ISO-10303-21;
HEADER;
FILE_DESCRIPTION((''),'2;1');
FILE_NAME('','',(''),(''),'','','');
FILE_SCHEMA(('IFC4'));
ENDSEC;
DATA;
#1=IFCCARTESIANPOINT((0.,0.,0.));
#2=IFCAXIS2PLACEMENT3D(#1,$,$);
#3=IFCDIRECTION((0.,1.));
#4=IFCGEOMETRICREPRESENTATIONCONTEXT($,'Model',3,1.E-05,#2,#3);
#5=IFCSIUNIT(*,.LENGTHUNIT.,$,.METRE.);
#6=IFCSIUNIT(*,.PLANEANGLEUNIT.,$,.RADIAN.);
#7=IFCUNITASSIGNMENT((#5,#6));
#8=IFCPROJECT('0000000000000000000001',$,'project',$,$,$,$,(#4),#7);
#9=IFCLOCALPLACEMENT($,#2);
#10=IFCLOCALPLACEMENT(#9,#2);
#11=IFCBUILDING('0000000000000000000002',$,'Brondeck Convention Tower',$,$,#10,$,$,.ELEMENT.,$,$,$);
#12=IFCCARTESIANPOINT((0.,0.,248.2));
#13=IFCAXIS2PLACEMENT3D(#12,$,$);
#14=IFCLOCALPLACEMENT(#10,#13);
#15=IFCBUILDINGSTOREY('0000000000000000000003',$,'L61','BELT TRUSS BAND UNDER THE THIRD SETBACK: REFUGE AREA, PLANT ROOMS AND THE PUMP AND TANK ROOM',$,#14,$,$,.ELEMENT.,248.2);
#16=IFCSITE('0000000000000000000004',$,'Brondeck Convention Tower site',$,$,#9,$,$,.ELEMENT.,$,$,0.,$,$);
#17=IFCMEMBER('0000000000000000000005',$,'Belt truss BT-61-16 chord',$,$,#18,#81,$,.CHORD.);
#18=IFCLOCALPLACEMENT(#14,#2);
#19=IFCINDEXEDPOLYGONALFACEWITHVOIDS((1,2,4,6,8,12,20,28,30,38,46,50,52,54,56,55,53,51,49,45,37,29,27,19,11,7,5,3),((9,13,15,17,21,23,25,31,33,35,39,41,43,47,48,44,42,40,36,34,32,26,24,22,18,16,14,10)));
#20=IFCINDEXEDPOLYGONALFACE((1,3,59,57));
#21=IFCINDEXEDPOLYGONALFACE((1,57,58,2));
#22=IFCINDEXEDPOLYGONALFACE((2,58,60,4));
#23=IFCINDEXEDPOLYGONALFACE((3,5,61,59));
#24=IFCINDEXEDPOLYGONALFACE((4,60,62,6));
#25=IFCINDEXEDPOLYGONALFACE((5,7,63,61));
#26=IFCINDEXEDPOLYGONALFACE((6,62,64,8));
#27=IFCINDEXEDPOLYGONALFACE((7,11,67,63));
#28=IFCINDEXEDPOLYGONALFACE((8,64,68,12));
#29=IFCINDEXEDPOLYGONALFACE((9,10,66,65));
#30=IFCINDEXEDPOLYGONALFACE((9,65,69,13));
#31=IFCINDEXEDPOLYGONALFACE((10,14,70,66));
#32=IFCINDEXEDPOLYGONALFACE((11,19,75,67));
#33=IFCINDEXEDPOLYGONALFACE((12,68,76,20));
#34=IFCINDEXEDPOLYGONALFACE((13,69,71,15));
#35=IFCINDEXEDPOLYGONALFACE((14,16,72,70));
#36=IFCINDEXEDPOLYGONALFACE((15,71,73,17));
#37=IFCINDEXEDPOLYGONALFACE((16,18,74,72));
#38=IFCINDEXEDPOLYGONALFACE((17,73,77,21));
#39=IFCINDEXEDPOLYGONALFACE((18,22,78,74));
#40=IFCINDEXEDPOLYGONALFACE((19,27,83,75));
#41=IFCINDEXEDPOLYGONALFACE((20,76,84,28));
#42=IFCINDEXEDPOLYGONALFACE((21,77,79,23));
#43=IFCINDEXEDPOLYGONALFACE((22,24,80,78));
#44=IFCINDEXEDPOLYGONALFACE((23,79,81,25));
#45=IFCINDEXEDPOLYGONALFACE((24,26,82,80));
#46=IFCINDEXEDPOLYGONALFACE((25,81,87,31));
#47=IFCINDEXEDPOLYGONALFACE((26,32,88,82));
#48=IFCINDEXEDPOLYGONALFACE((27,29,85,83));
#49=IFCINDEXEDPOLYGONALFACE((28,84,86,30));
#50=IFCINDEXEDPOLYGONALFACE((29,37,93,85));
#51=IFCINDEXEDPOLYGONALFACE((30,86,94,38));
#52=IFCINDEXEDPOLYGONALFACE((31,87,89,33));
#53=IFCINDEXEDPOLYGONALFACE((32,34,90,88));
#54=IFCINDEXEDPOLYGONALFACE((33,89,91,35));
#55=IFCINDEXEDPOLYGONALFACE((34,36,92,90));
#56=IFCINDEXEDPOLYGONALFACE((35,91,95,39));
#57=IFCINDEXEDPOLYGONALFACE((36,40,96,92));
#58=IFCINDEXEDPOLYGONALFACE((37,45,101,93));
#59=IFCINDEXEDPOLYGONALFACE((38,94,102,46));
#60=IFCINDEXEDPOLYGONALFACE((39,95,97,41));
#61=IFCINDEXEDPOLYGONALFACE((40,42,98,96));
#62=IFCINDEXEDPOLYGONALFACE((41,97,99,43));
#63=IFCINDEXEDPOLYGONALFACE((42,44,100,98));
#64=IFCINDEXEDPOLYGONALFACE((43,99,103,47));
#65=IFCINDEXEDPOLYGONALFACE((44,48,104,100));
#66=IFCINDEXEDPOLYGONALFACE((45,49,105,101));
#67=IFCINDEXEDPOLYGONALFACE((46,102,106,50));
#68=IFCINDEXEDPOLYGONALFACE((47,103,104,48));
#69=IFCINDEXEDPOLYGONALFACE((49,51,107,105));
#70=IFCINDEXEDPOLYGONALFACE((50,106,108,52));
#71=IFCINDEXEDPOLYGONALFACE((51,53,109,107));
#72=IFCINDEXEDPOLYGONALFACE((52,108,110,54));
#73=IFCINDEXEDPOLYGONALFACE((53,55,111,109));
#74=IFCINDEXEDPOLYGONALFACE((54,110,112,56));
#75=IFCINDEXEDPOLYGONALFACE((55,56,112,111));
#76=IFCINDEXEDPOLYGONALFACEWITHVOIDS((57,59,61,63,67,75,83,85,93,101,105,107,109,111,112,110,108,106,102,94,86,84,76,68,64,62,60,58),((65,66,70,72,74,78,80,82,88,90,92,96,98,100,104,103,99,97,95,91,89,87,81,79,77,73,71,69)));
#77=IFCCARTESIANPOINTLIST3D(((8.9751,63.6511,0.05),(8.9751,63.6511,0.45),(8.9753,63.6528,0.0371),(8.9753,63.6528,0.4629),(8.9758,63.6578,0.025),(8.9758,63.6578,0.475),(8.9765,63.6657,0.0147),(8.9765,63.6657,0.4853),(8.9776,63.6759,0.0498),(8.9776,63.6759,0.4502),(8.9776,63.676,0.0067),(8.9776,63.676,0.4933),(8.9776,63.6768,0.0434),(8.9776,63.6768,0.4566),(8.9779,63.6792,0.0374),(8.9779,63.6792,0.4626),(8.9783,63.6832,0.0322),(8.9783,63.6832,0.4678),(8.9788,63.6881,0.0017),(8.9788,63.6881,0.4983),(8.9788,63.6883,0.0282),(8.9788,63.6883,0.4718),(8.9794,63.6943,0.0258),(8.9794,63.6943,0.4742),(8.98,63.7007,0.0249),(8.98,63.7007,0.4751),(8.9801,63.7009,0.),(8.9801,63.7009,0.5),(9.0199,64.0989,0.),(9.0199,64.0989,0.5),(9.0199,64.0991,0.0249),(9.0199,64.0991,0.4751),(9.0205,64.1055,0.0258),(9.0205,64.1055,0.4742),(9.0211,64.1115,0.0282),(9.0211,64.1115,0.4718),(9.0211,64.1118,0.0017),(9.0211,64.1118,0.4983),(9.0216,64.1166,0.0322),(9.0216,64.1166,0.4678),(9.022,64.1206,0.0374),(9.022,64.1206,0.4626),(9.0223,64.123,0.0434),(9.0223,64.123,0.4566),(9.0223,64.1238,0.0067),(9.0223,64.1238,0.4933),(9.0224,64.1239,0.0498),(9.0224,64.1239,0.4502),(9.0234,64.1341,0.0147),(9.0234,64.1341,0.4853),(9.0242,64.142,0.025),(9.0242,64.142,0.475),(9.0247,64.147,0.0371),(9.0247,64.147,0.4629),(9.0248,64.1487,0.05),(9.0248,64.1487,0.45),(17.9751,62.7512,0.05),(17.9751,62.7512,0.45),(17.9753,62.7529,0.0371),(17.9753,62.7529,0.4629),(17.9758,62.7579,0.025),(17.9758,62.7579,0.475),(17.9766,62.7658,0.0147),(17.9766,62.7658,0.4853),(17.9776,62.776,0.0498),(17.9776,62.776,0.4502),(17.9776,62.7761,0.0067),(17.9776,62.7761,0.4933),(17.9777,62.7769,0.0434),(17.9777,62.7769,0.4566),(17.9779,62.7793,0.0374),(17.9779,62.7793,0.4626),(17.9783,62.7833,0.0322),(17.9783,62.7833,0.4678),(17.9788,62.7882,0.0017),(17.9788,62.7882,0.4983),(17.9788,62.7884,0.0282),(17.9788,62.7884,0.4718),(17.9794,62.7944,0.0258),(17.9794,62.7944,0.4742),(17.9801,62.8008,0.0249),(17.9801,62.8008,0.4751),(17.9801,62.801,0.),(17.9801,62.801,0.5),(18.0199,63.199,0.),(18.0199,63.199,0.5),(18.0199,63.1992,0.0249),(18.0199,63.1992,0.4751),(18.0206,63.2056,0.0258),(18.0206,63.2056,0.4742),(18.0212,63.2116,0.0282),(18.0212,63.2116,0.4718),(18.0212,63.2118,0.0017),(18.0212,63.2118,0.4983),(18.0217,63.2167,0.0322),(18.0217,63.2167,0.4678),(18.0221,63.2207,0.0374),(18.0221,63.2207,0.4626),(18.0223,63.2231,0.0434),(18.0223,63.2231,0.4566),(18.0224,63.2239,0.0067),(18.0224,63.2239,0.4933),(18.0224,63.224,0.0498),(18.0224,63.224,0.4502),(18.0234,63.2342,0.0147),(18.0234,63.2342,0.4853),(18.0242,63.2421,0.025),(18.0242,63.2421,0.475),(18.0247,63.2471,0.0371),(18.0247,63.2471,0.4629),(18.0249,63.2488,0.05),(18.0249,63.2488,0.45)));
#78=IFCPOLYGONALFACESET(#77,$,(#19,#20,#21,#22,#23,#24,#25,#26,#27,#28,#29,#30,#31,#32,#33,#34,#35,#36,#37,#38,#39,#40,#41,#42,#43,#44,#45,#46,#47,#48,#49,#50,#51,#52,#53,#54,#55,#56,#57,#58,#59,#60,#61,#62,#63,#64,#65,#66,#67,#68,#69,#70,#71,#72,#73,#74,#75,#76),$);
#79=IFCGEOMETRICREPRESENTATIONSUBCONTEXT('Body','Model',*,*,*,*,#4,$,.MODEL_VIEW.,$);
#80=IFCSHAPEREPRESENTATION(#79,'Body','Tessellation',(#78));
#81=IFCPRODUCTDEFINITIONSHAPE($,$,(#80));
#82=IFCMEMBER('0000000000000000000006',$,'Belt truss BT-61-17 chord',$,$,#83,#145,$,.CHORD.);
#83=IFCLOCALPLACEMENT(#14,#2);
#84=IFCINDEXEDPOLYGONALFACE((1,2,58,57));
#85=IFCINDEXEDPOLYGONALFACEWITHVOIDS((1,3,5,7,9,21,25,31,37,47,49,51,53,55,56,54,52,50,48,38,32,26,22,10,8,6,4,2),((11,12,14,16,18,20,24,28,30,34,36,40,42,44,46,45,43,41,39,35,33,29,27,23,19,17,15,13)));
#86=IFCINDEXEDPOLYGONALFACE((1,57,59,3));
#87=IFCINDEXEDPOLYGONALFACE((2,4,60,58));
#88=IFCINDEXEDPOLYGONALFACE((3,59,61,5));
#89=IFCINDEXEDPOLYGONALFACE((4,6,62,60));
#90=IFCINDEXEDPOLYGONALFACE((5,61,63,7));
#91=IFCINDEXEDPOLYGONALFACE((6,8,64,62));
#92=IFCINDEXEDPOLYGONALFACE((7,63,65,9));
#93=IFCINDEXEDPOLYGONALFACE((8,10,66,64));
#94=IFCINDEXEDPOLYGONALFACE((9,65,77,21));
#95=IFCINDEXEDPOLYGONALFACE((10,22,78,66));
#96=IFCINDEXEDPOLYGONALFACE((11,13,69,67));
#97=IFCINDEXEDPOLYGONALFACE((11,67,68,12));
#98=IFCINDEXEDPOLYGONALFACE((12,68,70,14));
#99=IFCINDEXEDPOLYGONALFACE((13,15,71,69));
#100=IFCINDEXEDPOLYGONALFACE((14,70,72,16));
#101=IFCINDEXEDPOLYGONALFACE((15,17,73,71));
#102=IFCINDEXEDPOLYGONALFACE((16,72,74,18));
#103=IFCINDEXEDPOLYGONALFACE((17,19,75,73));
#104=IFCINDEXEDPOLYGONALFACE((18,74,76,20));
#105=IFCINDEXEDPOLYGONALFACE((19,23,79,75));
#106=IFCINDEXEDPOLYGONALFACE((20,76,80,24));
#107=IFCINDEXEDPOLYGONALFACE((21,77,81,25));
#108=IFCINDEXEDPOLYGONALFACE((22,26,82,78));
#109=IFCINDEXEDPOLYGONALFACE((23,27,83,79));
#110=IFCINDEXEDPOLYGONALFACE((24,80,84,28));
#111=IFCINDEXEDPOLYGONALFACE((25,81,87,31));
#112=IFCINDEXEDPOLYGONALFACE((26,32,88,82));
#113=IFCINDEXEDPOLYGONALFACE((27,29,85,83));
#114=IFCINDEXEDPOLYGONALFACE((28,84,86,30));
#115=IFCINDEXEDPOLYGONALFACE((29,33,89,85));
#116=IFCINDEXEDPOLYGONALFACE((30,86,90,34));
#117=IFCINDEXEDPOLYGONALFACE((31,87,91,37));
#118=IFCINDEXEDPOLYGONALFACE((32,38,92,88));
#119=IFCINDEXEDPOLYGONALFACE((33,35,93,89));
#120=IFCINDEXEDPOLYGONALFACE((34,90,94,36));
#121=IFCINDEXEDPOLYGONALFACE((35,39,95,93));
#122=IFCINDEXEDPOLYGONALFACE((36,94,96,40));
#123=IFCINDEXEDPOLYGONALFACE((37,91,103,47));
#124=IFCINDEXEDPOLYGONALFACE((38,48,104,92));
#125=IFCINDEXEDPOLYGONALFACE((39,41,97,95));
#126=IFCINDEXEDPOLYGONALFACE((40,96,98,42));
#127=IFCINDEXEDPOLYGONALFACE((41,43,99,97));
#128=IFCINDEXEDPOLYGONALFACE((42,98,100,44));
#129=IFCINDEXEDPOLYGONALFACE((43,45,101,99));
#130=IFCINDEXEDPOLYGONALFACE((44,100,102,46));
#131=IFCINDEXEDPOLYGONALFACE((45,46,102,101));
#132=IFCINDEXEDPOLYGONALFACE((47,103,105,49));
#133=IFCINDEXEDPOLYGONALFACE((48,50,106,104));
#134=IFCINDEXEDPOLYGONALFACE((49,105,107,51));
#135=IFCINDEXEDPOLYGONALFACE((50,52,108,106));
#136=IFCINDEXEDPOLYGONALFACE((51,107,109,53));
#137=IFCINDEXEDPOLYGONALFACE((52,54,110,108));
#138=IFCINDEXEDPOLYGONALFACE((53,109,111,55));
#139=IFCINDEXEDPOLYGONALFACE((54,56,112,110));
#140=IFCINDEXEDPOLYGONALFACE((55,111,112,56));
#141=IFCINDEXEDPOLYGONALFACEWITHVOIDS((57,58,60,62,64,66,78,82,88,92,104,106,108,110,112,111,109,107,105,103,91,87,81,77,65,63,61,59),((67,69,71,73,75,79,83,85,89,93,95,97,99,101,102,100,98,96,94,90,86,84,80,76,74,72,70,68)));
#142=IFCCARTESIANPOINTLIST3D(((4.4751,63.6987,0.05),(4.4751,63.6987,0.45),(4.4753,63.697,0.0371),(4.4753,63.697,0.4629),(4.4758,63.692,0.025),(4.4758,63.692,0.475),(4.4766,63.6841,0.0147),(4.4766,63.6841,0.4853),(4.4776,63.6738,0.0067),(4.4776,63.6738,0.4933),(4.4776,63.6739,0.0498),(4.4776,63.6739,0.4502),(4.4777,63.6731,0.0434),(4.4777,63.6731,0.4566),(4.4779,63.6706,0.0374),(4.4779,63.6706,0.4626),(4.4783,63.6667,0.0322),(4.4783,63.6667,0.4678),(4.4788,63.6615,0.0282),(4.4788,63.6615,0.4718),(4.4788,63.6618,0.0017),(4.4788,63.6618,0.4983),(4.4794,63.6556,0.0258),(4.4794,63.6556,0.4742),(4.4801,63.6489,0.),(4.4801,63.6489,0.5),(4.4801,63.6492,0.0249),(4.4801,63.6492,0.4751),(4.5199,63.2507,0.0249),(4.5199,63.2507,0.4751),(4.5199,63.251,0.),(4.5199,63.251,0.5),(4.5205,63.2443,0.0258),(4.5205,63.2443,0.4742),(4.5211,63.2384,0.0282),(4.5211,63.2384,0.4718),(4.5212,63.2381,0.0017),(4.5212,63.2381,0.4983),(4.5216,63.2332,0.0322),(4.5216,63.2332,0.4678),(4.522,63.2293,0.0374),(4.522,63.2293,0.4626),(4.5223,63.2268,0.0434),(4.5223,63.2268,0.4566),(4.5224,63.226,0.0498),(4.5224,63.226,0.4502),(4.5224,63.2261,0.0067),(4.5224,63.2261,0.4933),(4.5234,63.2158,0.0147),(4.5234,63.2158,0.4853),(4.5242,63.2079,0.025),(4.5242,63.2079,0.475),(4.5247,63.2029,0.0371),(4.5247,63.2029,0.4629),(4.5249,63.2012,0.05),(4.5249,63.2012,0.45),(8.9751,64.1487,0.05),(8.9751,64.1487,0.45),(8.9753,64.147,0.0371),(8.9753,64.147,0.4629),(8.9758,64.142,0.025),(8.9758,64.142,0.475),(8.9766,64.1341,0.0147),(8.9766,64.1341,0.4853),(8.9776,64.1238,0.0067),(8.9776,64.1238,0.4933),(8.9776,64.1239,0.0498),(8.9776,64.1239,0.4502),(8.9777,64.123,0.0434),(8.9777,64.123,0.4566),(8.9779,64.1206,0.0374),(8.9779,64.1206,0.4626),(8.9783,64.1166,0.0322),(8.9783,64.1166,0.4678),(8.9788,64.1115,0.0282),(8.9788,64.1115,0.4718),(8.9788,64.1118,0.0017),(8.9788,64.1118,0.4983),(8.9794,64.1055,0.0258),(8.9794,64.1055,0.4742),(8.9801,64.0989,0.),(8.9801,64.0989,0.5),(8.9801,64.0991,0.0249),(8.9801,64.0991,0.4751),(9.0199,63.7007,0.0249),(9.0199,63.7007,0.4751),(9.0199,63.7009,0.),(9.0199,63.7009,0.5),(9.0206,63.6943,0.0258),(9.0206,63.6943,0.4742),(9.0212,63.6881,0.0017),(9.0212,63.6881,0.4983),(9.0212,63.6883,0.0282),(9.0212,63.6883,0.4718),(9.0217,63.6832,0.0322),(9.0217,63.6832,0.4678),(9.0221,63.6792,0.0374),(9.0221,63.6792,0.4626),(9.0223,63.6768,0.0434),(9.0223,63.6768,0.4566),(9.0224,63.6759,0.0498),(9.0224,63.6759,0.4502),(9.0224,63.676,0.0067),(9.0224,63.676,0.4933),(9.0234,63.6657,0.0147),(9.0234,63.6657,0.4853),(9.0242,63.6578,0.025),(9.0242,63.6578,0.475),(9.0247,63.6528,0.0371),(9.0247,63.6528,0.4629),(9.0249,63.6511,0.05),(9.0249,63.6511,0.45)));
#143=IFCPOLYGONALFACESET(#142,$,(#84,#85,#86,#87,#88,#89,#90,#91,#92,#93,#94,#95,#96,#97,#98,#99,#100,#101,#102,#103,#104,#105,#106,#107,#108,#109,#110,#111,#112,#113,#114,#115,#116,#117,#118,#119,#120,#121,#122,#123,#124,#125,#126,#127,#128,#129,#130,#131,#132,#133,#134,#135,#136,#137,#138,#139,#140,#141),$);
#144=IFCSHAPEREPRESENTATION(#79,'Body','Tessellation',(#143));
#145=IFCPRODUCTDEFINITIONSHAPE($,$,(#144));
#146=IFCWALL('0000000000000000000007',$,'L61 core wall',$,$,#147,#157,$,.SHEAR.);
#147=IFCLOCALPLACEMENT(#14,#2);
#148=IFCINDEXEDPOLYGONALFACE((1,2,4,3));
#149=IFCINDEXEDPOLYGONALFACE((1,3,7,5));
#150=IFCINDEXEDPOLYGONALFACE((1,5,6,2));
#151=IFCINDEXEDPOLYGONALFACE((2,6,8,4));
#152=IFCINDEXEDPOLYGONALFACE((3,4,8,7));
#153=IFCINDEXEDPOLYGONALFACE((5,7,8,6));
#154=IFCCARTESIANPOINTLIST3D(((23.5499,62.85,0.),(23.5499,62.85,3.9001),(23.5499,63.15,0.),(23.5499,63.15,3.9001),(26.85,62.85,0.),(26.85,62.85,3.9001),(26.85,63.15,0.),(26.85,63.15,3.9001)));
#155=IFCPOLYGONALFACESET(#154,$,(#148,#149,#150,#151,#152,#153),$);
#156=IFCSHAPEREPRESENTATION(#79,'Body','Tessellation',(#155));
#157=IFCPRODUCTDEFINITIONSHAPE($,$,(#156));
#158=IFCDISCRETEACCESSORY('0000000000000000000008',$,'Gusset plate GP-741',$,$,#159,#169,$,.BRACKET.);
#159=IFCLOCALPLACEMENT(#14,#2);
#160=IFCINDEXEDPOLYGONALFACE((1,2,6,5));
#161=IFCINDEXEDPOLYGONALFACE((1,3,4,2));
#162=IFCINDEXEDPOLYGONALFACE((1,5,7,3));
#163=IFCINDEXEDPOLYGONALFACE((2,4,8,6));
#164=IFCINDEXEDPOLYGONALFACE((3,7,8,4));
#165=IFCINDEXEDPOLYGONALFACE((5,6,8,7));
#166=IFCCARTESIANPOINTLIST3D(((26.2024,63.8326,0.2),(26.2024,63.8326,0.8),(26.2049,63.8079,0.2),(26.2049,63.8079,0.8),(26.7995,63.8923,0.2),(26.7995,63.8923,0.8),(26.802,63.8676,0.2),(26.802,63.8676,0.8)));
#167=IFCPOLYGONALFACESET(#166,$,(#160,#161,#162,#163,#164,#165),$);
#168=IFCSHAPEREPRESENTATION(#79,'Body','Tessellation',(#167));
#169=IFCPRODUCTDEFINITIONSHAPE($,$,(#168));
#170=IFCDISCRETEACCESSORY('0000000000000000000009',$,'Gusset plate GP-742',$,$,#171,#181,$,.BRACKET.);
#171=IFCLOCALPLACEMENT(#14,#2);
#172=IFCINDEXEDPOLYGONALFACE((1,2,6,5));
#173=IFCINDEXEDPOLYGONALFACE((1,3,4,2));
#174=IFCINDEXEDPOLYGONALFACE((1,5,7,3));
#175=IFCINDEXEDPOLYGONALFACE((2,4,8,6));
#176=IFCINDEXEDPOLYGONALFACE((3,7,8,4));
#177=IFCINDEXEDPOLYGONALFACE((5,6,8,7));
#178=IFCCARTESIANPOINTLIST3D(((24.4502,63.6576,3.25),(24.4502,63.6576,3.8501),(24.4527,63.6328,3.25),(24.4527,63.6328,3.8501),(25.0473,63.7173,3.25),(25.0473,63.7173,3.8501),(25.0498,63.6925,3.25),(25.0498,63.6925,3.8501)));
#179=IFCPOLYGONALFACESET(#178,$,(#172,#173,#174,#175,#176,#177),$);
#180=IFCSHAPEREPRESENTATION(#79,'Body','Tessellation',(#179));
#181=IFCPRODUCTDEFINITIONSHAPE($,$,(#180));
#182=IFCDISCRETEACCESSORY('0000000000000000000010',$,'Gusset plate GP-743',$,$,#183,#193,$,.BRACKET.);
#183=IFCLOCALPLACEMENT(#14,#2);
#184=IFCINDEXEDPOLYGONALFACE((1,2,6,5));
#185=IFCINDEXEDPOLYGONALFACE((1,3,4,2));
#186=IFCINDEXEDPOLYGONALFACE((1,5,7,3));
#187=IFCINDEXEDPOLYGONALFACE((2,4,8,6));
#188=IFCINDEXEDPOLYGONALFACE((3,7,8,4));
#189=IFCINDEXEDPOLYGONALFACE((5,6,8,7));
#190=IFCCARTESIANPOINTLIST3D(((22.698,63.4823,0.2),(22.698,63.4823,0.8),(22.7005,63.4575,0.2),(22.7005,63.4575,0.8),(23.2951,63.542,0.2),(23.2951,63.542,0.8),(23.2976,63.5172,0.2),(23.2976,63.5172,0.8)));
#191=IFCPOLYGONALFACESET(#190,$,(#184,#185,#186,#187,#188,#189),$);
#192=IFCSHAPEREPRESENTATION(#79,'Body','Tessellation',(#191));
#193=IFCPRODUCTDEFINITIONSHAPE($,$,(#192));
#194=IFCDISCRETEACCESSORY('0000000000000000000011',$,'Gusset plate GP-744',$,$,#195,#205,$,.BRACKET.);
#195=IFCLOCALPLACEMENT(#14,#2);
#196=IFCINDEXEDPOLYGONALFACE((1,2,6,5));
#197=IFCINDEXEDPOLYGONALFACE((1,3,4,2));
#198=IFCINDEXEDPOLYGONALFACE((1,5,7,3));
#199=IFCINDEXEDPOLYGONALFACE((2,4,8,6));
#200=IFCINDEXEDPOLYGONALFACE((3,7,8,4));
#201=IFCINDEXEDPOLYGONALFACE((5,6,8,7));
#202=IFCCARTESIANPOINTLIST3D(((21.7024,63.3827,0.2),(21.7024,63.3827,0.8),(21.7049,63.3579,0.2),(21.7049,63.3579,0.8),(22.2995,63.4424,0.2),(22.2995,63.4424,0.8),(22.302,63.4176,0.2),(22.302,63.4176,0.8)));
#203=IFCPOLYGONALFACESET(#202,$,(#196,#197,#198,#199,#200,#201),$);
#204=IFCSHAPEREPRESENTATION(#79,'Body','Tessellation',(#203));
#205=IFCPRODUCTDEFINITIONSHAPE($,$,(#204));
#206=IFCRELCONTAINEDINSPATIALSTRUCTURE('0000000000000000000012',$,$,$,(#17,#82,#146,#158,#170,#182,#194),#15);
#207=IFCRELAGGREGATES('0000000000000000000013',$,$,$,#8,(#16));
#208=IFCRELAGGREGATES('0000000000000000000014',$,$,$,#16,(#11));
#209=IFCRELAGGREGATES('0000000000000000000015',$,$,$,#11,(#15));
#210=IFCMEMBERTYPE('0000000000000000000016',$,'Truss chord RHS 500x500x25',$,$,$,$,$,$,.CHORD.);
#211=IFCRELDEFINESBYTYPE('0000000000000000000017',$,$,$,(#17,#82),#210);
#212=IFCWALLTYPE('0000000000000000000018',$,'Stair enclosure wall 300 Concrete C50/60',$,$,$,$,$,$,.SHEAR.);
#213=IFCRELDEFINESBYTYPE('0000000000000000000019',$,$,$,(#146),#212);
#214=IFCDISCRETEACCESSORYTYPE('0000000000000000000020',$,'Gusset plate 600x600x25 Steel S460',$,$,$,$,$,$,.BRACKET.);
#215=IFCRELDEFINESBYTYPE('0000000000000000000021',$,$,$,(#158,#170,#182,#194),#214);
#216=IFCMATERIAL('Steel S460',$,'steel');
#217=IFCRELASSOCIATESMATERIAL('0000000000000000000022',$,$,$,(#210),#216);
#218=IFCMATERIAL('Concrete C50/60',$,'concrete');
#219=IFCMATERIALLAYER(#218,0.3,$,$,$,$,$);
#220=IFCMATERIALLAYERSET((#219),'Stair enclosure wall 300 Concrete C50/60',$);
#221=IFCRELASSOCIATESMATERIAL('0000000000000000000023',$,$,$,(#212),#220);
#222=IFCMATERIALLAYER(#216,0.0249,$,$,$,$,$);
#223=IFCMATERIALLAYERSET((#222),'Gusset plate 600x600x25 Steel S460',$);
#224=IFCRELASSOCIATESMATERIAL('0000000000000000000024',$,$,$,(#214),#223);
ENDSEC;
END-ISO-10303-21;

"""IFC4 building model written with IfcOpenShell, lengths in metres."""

from ifc_helpers import new_model, si_unit, direction, frame, frame_2d, origin, origin_2d, place, context, subcontext, project, spatial, rectangle, hollow_rectangle, extrude, material, layer, layer_set, material_profile, profile_set, type_object, element, save


model = new_model("IFC4")

# Units and contexts
model_context = context("Model", 3, precision=1e-05, world=origin(), true_north=direction((0.0, 1.0)))
body_context = subcontext(model_context, "Body", "Model", "MODEL_VIEW")
ifc_project = project(units=[si_unit("LENGTHUNIT", "METRE"), si_unit("PLANEANGLEUNIT", "RADIAN")], contexts=[model_context])

# Site, building, storey
site_placement = place(None, origin())
site = spatial("IfcSite", under=ifc_project, at=site_placement, Name="Brondeck Convention Tower site", CompositionType="ELEMENT", RefElevation=0.0)
building_placement = place(site_placement, origin())
building = spatial("IfcBuilding", under=site, at=building_placement, Name="Brondeck Convention Tower", CompositionType="ELEMENT")
storey_placement = place(building_placement, frame((0.0, 0.0, 248.2)))
storey = spatial("IfcBuildingStorey", under=building, at=storey_placement, Name="L61", Description="BELT TRUSS BAND UNDER THE THIRD SETBACK: REFUGE AREA, PLANT ROOMS AND THE PUMP AND TANK ROOM", CompositionType="ELEMENT", Elevation=248.2)

# Shared definitions
ifc_material_1 = material(Name="Concrete C50/60", Category="concrete")

# Shared definitions
ifc_material_2 = material(Name="Steel S460", Category="steel")

# Members
ifc_material_profile_1 = material_profile(ifc_material_2, hollow_rectangle(XDim=0.5, YDim=0.5, WallThickness=0.0249, InnerFilletRadius=0.0249, OuterFilletRadius=0.05, at=origin_2d()), Name="RHS 500x500x25")
ifc_profile_set_1 = profile_set([ifc_material_profile_1], Name="Steel S460")
member_type_1 = type_object("IfcMemberType", Name="Truss chord RHS 500x500x25", PredefinedType="CHORD", material=ifc_profile_set_1)
for number, where, z_axis, x_axis, name in (
    (1, (18.0, 63.0, 0.25), (-0.995038, 0.099493, 0.0), (-0.099493, -0.995038, 0.0), "Belt truss BT-61-16 chord"),
):
    element("IfcMember", number, at=place(storey_placement, frame(where, z_axis=z_axis, x_axis=x_axis)), inside=storey, type_object=member_type_1, Name=name, PredefinedType="CHORD", context=body_context, shape_type="SweptSolid", body=[
        extrude(hollow_rectangle(XDim=0.5, YDim=0.5, WallThickness=0.0249, InnerFilletRadius=0.0249, OuterFilletRadius=0.05, at=origin_2d()), origin(), (0.0, 0.0, 1.0), 9.0449),
    ])
member_placement = place(storey_placement, frame((9.0, 63.8999, 0.25), z_axis=(-0.995038, -0.099493, 0.0), x_axis=(0.099493, -0.995038, 0.0)))
element("IfcMember", 2, at=member_placement, inside=storey, type_object=member_type_1, Name="Belt truss BT-61-17 chord", PredefinedType="CHORD", context=body_context, shape_type="SweptSolid", body=[
    extrude(hollow_rectangle(XDim=0.5, YDim=0.5, WallThickness=0.0249, InnerFilletRadius=0.0249, OuterFilletRadius=0.05, at=origin_2d()), origin(), (0.0, 0.0, 1.0), 4.5225),
])

# Wall
ifc_layer_1 = layer(ifc_material_1, 0.3)
ifc_layer_set_1 = layer_set([ifc_layer_1], Name="Stair enclosure wall 300 Concrete C50/60")
wall_type = type_object("IfcWallType", Name="Stair enclosure wall 300 Concrete C50/60", PredefinedType="SHEAR", material=ifc_layer_set_1)
wall_placement = place(storey_placement, frame((23.55, 63.0, 0.0), z_axis=(0.0, 0.0, 1.0), x_axis=(1.0, 0.0, 0.0)))
element("IfcWall", 3, at=wall_placement, inside=storey, type_object=wall_type, Name="L61 core wall", PredefinedType="SHEAR", context=body_context, shape_type="SweptSolid", body=[
    extrude(rectangle(XDim=3.3, YDim=0.3, at=frame_2d((1.6499, 0.0))), origin(), (0.0, 0.0, 1.0), 3.9001),
])

# Discrete accessories
ifc_layer_2 = layer(ifc_material_2, 0.0249)
ifc_layer_set_2 = layer_set([ifc_layer_2], Name="Gusset plate 600x600x25 Steel S460")
discrete_accessory_type = type_object("IfcDiscreteAccessoryType", Name="Gusset plate 600x600x25 Steel S460", PredefinedType="BRACKET", material=ifc_layer_set_2)
for number, where, z_axis, x_axis, name in (
    (4, (26.5022, 63.8501, 0.2), (0.0, 0.0, 1.0), (0.995036, 0.099511, 0.0), "Gusset plate GP-741"),
    (5, (24.75, 63.675, 3.25), (0.0, 0.0, 1.0), (0.995036, 0.099511, 0.0), "Gusset plate GP-742"),
    (6, (22.9978, 63.4998, 0.2), (0.0, 0.0, 1.0), (0.995036, 0.099511, 0.0), "Gusset plate GP-743"),
    (7, (22.0022, 63.4001, 0.2), (0.0, 0.0, 1.0), (0.995036, 0.099511, 0.0), "Gusset plate GP-744"),
):
    element("IfcDiscreteAccessory", number, at=place(storey_placement, frame(where, z_axis=z_axis, x_axis=x_axis)), inside=storey, type_object=discrete_accessory_type, Name=name, PredefinedType="BRACKET", context=body_context, shape_type="SweptSolid", body=[
        extrude(rectangle(XDim=0.6001, YDim=0.0249, at=origin_2d()), origin(), (0.0, 0.0, 1.0), 0.6001),
    ])

save(model, "model.ifc")
